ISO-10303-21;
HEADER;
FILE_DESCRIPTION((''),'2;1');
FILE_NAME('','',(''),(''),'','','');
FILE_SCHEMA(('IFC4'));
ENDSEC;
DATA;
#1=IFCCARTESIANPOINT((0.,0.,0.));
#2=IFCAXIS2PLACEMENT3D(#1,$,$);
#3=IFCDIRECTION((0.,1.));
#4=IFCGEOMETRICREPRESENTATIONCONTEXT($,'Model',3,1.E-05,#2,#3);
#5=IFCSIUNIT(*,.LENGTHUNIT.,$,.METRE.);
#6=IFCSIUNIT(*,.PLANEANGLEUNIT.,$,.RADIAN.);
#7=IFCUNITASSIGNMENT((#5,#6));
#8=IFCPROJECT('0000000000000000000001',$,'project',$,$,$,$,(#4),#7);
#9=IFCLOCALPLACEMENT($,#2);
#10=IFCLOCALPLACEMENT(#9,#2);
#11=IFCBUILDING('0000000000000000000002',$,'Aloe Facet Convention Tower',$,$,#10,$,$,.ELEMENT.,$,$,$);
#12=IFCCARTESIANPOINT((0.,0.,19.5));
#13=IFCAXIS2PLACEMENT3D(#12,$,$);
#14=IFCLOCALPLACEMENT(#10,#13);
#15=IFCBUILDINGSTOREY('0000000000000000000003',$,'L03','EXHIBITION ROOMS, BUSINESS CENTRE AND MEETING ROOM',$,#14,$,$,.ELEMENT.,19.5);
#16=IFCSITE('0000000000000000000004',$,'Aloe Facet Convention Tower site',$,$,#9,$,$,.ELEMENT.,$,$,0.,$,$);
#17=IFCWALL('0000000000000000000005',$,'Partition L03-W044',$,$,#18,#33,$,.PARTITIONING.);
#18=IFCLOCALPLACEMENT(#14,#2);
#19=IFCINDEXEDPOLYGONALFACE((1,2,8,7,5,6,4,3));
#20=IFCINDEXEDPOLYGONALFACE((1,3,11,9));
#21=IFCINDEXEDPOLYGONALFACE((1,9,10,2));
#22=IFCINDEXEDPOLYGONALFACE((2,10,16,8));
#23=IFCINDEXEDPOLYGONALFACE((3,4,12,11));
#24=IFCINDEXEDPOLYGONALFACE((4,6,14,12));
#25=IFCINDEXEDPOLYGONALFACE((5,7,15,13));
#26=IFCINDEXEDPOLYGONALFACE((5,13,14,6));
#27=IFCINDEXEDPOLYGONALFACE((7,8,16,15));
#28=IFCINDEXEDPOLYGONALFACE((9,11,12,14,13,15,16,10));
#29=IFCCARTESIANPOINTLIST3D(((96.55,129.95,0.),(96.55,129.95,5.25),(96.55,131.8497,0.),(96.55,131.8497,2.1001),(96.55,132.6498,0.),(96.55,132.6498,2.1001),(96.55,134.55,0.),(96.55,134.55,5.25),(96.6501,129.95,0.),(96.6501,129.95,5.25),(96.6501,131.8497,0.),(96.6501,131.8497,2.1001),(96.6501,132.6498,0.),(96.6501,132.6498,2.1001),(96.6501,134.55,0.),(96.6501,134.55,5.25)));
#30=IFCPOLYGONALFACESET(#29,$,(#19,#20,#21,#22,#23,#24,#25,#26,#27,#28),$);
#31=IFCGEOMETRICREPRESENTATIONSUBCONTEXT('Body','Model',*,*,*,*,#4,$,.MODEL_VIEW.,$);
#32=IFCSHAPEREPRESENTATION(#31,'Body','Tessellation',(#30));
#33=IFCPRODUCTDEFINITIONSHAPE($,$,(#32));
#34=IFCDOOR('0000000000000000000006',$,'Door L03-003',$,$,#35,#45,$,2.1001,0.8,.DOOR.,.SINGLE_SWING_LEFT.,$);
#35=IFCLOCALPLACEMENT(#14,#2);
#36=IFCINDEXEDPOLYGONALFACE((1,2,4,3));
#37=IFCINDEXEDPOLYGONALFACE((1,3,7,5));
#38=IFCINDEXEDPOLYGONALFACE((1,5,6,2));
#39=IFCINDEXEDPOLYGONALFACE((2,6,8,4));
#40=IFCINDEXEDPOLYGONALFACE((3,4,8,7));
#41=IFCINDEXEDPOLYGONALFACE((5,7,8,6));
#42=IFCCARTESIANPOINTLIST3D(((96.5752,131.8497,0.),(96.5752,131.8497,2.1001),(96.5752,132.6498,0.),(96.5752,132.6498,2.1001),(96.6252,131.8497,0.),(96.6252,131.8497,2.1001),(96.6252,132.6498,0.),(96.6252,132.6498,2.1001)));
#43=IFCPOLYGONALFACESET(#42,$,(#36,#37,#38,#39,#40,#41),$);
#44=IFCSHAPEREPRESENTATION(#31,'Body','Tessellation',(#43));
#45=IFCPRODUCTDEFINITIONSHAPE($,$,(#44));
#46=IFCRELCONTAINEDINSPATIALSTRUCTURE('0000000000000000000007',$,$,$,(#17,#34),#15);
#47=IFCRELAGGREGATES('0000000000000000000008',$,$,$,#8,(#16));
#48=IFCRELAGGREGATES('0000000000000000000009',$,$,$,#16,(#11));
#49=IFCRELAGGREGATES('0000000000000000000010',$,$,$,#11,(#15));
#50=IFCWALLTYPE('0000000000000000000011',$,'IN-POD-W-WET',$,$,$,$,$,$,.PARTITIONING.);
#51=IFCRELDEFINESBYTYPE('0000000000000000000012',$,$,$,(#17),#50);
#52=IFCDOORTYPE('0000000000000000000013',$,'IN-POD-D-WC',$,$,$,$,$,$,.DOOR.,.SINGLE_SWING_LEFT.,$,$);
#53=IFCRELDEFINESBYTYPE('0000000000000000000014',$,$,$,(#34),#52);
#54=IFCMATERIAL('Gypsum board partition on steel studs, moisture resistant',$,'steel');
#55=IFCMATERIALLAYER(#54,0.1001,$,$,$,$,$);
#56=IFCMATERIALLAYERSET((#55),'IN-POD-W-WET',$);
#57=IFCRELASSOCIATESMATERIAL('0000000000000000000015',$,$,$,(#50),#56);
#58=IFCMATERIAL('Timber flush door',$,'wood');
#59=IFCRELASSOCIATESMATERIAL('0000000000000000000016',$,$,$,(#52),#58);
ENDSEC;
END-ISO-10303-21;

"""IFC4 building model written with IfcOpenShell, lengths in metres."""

from ifc_helpers import new_model, si_unit, direction, frame, frame_2d, origin, place, context, subcontext, project, spatial, rectangle, extrude, material, layer, layer_set, type_object, element, fill, save


model = new_model("IFC4")

# Units and contexts
model_context = context("Model", 3, precision=1e-05, world=origin(), true_north=direction((0.0, 1.0)))
body_context = subcontext(model_context, "Body", "Model", "MODEL_VIEW")
ifc_project = project(units=[si_unit("LENGTHUNIT", "METRE"), si_unit("PLANEANGLEUNIT", "RADIAN")], contexts=[model_context])

# Site, building, storey
site_placement = place(None, origin())
site = spatial("IfcSite", under=ifc_project, at=site_placement, Name="Aloe Facet Convention Tower site", CompositionType="ELEMENT", RefElevation=0.0)
building_placement = place(site_placement, origin())
building = spatial("IfcBuilding", under=site, at=building_placement, Name="Aloe Facet Convention Tower", CompositionType="ELEMENT")
storey_placement = place(building_placement, frame((0.0, 0.0, 19.5)))
storey = spatial("IfcBuildingStorey", under=building, at=storey_placement, Name="L03", Description="EXHIBITION ROOMS, BUSINESS CENTRE AND MEETING ROOM", CompositionType="ELEMENT", Elevation=19.5)

# Shared definitions
ifc_material_1 = material(Name="Gypsum board partition on steel studs, moisture resistant", Category="steel")
ifc_layer_1 = layer(ifc_material_1, 0.1001)
ifc_layer_set_1 = layer_set([ifc_layer_1], Name="IN-POD-W-WET")
wall_type_1 = type_object("IfcWallType", Name="IN-POD-W-WET", PredefinedType="PARTITIONING", material=ifc_layer_set_1)

# Wall, opening, door
wall_1_placement = place(storey_placement, frame((96.6001, 129.95, 0.0), z_axis=(0.0, 0.0, 1.0), x_axis=(0.0, 1.0, 0.0)))
wall_1 = element("IfcWall", 1, at=wall_1_placement, inside=storey, type_object=wall_type_1, Name="Partition L03-W044", PredefinedType="PARTITIONING", context=body_context, shape_type="SweptSolid", body=[
    extrude(rectangle(XDim=4.6001, YDim=0.1001, at=frame_2d((2.3, 0.0))), origin(), (0.0, 0.0, 1.0), 5.25),
])
opening_1_placement = place(wall_1_placement, frame((1.8999, 0.0, 0.0)))
opening_1 = element("IfcOpeningElement", 2, at=opening_1_placement, cuts=wall_1, PredefinedType="OPENING", context=body_context, shape_type="SweptSolid", body=[
    extrude(rectangle(XDim=0.8, YDim=2.1001, at=frame_2d((0.3999, 1.05))), frame((0.0, 0.0601, 0.0), z_axis=(0.0, -1.0, 0.0), x_axis=(1.0, 0.0, 0.0)), (0.0, 0.0, 1.0), 0.1201),
])
ifc_material_2 = material(Name="Timber flush door", Category="wood")
door_type_1 = type_object("IfcDoorType", Name="IN-POD-D-WC", OperationType="SINGLE_SWING_LEFT", PredefinedType="DOOR", material=ifc_material_2)
door_1_placement = place(opening_1_placement, origin())
door_1 = element("IfcDoor", 3, at=door_1_placement, inside=storey, type_object=door_type_1, Name="Door L03-003", OperationType="SINGLE_SWING_LEFT", OverallHeight=2.1001, OverallWidth=0.8, PredefinedType="DOOR", context=body_context, shape_type="SweptSolid", body=[
    extrude(rectangle(XDim=0.8, YDim=2.1001, at=frame_2d((0.3999, 1.05))), frame((0.0, 0.0249, 0.0), z_axis=(0.0, -1.0, 0.0), x_axis=(1.0, 0.0, 0.0)), (0.0, 0.0, 1.0), 0.05),
])
fill(opening_1, door_1)

save(model, "model.ifc")
